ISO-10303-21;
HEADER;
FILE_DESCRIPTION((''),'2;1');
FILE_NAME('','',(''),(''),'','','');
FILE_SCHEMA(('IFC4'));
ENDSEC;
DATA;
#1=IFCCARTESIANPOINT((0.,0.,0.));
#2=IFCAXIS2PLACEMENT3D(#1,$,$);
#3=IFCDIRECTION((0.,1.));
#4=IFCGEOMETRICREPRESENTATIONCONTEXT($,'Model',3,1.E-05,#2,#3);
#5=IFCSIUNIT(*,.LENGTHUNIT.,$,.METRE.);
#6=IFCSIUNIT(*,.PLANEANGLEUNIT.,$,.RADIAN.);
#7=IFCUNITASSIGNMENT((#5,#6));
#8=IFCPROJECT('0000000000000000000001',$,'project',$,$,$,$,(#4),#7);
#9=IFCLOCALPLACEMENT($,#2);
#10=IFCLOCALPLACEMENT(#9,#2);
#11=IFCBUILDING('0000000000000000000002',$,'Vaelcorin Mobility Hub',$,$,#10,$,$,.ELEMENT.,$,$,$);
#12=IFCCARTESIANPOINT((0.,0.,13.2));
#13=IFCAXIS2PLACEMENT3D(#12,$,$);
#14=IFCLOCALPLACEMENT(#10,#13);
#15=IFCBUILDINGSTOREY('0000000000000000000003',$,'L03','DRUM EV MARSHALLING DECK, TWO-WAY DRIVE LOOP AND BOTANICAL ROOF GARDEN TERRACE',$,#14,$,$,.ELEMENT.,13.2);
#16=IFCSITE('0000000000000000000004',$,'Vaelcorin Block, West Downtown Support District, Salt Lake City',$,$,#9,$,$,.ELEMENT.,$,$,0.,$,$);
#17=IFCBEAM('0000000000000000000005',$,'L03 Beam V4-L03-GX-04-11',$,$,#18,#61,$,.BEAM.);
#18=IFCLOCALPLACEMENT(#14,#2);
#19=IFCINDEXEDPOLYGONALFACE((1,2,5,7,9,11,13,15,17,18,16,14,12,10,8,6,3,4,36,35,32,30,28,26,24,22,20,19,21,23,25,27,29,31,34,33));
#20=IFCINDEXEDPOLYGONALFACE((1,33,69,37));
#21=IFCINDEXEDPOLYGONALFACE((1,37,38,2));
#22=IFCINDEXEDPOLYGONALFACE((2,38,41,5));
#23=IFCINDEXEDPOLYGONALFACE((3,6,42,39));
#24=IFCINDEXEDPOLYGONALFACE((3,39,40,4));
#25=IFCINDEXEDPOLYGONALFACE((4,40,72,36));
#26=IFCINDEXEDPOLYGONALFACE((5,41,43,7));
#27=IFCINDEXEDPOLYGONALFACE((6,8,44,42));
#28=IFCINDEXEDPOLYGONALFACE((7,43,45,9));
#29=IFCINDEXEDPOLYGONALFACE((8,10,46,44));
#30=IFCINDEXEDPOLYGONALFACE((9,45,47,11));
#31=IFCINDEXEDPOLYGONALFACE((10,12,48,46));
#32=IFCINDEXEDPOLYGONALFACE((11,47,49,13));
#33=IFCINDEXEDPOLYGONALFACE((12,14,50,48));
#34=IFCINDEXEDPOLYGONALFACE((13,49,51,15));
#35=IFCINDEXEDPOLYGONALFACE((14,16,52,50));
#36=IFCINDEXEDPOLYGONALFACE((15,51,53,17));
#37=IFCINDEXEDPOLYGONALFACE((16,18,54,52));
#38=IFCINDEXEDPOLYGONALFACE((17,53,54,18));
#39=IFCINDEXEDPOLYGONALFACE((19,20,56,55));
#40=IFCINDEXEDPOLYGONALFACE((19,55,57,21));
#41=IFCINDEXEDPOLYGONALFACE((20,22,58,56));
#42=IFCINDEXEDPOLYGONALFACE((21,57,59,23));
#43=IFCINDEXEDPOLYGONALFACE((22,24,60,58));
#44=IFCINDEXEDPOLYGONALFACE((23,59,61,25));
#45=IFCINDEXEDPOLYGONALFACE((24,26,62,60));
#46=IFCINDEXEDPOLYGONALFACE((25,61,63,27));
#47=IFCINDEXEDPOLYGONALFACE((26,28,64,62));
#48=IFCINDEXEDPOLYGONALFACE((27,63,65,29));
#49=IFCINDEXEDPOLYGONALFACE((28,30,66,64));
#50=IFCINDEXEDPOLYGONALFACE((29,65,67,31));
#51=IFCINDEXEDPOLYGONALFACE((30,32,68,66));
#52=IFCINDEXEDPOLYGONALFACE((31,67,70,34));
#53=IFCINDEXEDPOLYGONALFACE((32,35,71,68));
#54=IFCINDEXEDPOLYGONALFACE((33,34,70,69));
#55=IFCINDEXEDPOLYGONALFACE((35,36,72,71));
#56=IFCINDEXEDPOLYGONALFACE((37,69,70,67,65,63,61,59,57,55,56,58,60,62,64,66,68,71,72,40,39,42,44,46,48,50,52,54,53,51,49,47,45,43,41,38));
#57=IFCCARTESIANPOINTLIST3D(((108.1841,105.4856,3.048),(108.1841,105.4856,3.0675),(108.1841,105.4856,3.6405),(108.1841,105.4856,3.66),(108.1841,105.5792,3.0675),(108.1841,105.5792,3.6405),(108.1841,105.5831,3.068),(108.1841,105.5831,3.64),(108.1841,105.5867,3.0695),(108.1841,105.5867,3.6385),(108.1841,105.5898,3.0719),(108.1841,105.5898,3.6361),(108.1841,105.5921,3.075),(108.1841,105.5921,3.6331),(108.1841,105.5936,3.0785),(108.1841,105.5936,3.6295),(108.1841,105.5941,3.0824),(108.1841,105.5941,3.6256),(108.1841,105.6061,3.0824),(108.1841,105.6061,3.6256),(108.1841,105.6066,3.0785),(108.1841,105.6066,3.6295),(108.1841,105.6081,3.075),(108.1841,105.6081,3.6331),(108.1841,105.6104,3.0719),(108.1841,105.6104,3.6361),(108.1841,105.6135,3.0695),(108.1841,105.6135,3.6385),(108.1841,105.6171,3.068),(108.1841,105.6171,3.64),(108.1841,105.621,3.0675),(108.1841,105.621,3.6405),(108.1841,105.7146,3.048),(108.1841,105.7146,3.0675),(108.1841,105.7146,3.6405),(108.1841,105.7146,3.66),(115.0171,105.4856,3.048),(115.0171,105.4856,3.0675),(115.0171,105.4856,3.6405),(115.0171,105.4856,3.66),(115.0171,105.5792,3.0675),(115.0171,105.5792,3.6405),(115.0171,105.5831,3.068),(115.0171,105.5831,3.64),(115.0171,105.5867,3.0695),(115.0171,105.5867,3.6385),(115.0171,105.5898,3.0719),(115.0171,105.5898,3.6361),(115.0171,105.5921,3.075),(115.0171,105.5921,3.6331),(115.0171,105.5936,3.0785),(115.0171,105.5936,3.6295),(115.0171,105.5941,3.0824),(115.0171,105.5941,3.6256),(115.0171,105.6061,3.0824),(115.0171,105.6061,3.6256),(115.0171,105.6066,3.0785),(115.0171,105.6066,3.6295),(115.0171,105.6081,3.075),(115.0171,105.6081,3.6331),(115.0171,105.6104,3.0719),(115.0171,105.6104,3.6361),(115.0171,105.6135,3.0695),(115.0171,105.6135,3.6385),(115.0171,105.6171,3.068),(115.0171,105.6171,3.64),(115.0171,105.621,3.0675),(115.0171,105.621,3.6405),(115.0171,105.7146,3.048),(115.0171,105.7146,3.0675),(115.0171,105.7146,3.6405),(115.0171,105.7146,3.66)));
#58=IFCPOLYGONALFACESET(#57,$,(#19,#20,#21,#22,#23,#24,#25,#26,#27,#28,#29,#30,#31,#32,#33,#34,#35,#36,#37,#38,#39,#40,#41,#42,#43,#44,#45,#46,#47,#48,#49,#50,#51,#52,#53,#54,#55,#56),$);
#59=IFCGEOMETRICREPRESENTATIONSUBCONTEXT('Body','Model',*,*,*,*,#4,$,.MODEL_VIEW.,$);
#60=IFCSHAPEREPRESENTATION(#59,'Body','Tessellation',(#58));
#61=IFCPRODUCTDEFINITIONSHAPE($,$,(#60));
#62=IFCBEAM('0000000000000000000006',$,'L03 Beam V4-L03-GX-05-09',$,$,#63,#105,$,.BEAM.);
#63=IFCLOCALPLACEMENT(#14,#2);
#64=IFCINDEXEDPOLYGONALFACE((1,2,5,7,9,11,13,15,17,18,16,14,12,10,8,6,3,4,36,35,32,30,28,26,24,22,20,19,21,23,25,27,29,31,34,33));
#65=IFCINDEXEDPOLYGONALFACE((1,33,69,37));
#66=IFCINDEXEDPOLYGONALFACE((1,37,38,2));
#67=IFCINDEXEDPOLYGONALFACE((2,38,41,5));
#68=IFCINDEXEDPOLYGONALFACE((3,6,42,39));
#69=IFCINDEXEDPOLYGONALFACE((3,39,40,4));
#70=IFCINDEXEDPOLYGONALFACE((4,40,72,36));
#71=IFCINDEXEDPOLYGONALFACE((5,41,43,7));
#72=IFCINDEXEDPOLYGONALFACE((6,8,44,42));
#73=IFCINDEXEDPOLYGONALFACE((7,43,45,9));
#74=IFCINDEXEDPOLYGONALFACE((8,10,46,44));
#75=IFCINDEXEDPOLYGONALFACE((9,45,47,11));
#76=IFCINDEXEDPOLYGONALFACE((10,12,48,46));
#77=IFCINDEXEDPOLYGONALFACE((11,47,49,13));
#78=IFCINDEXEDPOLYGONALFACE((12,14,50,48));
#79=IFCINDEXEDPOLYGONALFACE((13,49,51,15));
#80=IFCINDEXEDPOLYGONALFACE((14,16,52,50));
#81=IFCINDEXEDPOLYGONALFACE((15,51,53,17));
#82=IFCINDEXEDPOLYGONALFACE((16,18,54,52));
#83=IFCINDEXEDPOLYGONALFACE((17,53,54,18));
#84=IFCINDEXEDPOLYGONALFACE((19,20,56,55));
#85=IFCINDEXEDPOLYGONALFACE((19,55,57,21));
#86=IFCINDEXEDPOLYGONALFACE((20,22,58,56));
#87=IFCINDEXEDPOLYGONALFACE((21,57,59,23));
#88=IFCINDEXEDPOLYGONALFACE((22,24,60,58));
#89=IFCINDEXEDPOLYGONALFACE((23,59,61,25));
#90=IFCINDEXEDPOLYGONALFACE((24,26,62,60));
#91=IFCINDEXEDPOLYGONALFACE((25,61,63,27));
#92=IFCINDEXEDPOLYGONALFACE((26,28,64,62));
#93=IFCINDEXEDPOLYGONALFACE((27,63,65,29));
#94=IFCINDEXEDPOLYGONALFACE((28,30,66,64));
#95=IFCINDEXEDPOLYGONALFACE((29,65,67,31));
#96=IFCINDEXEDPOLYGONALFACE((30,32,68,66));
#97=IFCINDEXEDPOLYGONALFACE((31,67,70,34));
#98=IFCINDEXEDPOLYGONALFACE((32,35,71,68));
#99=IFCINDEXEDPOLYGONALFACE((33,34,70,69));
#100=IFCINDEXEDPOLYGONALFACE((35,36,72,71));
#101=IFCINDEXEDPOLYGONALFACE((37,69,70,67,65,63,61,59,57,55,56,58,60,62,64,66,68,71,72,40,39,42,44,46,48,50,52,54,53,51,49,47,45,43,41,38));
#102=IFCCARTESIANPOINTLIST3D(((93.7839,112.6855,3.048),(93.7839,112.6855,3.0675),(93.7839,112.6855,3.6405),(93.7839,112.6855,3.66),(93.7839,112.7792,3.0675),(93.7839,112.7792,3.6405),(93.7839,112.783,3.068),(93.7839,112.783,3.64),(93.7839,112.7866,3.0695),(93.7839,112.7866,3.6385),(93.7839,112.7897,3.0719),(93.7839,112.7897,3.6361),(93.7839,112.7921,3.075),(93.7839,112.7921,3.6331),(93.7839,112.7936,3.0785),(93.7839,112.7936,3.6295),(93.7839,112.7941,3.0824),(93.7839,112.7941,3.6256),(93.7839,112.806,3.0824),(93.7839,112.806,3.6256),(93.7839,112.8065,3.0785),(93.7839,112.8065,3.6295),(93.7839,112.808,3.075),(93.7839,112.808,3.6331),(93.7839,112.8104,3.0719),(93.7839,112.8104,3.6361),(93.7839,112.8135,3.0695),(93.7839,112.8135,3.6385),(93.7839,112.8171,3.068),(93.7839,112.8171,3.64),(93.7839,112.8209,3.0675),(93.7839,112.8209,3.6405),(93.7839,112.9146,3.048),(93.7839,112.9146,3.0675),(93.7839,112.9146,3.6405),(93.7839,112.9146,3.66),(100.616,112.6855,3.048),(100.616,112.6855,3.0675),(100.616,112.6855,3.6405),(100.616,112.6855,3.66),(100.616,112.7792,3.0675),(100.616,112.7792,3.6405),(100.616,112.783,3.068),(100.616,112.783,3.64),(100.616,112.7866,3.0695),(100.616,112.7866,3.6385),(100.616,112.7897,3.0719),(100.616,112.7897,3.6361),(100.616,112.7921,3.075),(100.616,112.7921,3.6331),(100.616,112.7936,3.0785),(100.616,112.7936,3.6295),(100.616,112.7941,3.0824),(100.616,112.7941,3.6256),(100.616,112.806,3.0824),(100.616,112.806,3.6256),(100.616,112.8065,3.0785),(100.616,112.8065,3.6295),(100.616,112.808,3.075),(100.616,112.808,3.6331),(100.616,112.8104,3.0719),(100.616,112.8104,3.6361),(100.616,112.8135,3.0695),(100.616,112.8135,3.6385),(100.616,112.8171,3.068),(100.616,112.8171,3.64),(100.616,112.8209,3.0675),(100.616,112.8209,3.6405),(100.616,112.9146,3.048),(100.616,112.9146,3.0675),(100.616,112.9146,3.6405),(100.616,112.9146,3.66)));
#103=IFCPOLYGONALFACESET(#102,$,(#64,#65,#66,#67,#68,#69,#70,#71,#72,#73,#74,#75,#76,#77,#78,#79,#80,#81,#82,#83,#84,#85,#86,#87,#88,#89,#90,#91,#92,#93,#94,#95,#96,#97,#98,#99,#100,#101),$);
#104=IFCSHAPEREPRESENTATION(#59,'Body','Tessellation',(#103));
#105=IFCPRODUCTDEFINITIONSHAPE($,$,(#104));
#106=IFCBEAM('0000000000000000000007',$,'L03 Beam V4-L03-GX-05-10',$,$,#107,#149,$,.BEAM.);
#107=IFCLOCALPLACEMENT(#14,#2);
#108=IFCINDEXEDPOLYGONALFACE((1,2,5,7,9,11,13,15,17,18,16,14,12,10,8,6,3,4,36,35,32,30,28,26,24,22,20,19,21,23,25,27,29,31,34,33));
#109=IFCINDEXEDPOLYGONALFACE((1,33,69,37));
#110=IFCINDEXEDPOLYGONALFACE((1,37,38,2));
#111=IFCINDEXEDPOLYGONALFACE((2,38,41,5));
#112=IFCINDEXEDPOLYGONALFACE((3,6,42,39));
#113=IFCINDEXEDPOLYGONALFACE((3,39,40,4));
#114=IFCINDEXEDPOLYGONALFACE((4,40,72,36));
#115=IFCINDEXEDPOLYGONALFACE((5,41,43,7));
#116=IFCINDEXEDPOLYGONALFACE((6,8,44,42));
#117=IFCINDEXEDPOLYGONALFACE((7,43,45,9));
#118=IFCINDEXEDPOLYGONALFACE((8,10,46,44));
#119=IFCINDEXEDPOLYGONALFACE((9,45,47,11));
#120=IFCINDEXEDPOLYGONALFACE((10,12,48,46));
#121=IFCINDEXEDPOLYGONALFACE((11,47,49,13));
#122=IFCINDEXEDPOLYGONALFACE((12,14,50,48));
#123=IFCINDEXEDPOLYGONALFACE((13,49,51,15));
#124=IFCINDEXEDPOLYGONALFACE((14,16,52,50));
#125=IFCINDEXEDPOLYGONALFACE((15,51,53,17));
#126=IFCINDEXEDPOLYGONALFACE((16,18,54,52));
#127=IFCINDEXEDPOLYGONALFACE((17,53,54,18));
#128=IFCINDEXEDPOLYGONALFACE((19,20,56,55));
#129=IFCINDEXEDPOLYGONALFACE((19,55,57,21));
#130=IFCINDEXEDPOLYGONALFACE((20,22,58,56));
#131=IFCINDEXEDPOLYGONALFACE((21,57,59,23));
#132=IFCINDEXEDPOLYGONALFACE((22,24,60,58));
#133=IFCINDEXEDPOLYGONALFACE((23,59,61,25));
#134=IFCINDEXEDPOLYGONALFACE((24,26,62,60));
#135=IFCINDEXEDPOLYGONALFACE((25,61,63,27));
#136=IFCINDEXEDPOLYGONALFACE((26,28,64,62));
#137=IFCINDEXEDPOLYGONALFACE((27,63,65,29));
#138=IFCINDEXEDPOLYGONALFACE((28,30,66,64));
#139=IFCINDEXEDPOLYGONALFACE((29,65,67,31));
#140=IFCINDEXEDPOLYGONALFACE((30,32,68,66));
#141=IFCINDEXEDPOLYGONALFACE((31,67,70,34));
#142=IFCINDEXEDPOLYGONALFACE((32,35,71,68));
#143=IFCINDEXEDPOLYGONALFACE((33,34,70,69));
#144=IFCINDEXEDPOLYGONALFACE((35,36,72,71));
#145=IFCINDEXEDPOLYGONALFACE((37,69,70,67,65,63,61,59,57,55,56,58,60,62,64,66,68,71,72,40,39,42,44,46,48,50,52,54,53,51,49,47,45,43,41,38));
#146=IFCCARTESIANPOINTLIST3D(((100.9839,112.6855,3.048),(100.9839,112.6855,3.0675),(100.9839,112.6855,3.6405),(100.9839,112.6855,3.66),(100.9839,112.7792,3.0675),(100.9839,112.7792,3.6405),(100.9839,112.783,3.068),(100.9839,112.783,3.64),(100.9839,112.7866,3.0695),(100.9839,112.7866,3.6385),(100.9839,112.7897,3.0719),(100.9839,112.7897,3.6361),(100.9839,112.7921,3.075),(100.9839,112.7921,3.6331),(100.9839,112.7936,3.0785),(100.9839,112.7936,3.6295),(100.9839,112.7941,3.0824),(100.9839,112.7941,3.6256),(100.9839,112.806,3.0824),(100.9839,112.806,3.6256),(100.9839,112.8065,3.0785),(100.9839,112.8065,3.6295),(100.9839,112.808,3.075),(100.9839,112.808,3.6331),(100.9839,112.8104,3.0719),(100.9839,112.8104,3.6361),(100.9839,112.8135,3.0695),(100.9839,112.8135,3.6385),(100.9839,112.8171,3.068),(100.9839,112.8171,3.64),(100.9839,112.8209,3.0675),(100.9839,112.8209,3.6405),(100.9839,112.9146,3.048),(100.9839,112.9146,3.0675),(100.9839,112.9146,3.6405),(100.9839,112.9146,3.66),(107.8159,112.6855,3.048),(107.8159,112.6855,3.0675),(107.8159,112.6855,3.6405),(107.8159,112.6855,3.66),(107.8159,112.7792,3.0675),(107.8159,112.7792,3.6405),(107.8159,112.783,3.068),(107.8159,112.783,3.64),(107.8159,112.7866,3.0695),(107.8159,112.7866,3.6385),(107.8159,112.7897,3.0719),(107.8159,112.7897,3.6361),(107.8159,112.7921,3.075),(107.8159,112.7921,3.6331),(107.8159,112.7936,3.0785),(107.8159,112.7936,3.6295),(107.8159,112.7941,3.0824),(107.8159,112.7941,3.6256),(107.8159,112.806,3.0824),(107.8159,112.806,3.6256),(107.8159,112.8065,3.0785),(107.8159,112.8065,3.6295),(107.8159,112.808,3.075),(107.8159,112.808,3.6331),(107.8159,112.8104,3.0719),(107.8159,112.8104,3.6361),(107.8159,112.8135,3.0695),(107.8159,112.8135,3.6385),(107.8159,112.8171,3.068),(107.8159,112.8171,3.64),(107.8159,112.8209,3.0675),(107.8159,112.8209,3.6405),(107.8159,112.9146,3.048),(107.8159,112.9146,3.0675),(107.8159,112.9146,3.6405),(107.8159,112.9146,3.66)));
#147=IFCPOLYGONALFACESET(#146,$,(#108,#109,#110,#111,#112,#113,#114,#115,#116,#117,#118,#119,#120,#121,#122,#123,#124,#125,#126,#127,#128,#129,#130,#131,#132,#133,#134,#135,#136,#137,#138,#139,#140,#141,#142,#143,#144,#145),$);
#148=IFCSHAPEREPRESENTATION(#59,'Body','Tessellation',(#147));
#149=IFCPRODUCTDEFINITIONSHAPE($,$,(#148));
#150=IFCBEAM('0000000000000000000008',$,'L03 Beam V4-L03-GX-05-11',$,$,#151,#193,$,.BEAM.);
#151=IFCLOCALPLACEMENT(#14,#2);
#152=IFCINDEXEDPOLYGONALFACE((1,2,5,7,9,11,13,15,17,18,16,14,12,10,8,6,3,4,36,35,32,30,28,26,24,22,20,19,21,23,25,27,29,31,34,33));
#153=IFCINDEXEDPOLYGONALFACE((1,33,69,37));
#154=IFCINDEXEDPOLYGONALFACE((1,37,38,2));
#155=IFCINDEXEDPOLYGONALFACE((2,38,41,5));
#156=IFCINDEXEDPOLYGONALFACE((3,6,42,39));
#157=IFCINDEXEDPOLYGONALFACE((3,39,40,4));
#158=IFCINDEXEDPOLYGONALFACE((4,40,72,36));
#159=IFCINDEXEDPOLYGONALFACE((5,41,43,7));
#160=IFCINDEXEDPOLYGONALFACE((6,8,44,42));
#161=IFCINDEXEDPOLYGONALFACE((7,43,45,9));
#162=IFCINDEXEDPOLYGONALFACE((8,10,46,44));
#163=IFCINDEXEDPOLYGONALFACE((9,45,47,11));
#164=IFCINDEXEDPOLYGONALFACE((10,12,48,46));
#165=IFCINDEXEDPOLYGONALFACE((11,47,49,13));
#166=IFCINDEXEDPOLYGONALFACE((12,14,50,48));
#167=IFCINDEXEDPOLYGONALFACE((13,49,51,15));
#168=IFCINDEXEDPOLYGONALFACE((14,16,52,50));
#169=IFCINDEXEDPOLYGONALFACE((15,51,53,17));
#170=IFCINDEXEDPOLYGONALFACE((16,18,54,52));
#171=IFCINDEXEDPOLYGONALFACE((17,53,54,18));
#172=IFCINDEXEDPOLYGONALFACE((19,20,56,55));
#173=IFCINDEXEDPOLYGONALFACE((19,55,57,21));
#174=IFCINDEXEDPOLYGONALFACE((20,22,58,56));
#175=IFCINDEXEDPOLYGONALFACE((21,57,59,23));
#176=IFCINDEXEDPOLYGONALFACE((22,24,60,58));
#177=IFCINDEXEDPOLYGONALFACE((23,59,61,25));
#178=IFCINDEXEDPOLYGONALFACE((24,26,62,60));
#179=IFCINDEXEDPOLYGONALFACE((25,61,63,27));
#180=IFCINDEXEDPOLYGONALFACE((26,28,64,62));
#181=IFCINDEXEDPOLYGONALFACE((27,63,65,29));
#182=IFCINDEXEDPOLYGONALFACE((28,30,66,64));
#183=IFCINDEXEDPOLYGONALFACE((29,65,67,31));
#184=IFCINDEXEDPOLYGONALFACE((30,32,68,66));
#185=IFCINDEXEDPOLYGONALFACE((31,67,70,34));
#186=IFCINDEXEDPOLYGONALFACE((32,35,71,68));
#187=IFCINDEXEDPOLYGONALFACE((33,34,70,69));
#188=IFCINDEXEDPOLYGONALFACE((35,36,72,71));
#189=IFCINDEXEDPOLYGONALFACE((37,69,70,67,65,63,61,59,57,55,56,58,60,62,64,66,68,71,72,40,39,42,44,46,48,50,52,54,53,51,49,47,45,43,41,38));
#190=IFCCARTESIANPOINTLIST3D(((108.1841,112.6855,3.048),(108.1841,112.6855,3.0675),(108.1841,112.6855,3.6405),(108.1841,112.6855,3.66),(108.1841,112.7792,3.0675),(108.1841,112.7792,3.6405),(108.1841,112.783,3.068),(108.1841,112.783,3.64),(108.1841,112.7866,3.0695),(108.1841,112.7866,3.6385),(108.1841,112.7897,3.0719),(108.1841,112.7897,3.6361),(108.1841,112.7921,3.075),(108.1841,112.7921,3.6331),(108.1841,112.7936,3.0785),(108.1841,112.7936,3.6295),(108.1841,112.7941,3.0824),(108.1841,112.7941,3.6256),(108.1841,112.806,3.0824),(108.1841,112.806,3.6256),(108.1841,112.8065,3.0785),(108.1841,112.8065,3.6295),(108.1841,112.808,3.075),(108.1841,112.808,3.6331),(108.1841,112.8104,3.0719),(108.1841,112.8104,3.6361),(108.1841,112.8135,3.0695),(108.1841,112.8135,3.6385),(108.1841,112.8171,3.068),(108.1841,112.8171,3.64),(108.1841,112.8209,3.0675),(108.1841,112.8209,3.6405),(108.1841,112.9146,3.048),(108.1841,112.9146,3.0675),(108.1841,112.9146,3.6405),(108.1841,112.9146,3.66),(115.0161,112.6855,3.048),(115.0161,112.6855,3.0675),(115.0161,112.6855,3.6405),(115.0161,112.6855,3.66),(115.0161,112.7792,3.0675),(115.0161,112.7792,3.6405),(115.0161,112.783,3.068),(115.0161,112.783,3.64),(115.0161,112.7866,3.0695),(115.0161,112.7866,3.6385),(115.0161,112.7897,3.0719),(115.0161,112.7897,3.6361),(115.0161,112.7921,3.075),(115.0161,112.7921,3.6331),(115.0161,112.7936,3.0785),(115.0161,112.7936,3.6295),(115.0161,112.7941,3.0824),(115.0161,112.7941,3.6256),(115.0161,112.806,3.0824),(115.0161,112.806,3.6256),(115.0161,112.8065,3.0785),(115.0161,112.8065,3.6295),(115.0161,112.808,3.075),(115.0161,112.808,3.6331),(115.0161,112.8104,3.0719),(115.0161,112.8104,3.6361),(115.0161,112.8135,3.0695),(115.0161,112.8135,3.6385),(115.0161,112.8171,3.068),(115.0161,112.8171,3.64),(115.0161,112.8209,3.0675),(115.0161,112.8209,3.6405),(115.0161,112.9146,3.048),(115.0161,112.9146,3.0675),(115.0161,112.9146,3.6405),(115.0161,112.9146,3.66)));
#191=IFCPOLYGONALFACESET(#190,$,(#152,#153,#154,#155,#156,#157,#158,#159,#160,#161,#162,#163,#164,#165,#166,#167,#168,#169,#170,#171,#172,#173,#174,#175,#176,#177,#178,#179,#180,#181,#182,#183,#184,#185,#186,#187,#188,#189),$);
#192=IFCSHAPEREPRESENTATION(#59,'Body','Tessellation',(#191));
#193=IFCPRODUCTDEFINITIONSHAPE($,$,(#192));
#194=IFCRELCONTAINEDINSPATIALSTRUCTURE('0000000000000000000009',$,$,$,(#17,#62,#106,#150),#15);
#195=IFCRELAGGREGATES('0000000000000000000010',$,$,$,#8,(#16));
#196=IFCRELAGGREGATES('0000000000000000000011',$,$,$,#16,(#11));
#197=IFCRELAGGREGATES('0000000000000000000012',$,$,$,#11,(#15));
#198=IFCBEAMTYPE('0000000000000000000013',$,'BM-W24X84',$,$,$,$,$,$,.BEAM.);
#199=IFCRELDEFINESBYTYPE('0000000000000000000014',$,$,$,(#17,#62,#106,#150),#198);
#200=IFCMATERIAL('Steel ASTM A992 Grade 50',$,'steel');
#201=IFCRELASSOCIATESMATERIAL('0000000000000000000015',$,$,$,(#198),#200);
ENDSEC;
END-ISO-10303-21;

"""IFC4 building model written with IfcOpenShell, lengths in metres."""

from ifc_helpers import new_model, si_unit, direction, frame, origin, origin_2d, place, context, subcontext, project, spatial, i_section, extrude, material, material_profile, profile_set, type_object, element, save


model = new_model("IFC4")

# Units and contexts
model_context = context("Model", 3, precision=1e-05, world=origin(), true_north=direction((0.0, 1.0)))
body_context = subcontext(model_context, "Body", "Model", "MODEL_VIEW")
ifc_project = project(units=[si_unit("LENGTHUNIT", "METRE"), si_unit("PLANEANGLEUNIT", "RADIAN")], contexts=[model_context])

# Site, building, storey
site_placement = place(None, origin())
site = spatial("IfcSite", under=ifc_project, at=site_placement, Name="Vaelcorin Block, West Downtown Support District, Salt Lake City", CompositionType="ELEMENT", RefElevation=0.0)
building_placement = place(site_placement, origin())
building = spatial("IfcBuilding", under=site, at=building_placement, Name="Vaelcorin Mobility Hub", CompositionType="ELEMENT")
storey_placement = place(building_placement, frame((0.0, 0.0, 13.2)))
storey = spatial("IfcBuildingStorey", under=building, at=storey_placement, Name="L03", Description="DRUM EV MARSHALLING DECK, TWO-WAY DRIVE LOOP AND BOTANICAL ROOF GARDEN TERRACE", CompositionType="ELEMENT", Elevation=13.2)

# Shared definitions
ifc_material_1 = material(Name="Steel ASTM A992 Grade 50", Category="steel")

# Beams
ifc_material_profile_1 = material_profile(ifc_material_1, i_section(OverallWidth=0.229, OverallDepth=0.6121, WebThickness=0.012, FlangeThickness=0.0195, FilletRadius=0.0149, at=origin_2d()), Name="W24X84")
ifc_profile_set_1 = profile_set([ifc_material_profile_1], Name="Steel ASTM A992 Grade 50")
beam_type_1 = type_object("IfcBeamType", Name="BM-W24X84", PredefinedType="BEAM", material=ifc_profile_set_1)
for number, where, z_axis, x_axis, name in (
    (1, (108.1841, 105.6001, 3.354), (1.0, 0.0, 0.0), (0.0, 1.0, 0.0), "L03 Beam V4-L03-GX-04-11"),
):
    element("IfcBeam", number, at=place(storey_placement, frame(where, z_axis=z_axis, x_axis=x_axis)), inside=storey, type_object=beam_type_1, Name=name, PredefinedType="BEAM", context=body_context, shape_type="SweptSolid", body=[
        extrude(i_section(OverallWidth=0.229, OverallDepth=0.6121, WebThickness=0.012, FlangeThickness=0.0195, FilletRadius=0.0149, at=origin_2d()), origin(), (0.0, 0.0, 1.0), 6.833),
    ])
for number, where, z_axis, x_axis, name in (
    (2, (93.7839, 112.8, 3.354), (1.0, 0.0, 0.0), (0.0, 1.0, 0.0), "L03 Beam V4-L03-GX-05-09"),
    (3, (100.9839, 112.8, 3.354), (1.0, 0.0, 0.0), (0.0, 1.0, 0.0), "L03 Beam V4-L03-GX-05-10"),
    (4, (108.1841, 112.8, 3.354), (1.0, 0.0, 0.0), (0.0, 1.0, 0.0), "L03 Beam V4-L03-GX-05-11"),
):
    element("IfcBeam", number, at=place(storey_placement, frame(where, z_axis=z_axis, x_axis=x_axis)), inside=storey, type_object=beam_type_1, Name=name, PredefinedType="BEAM", context=body_context, shape_type="SweptSolid", body=[
        extrude(i_section(OverallWidth=0.229, OverallDepth=0.6121, WebThickness=0.012, FlangeThickness=0.0195, FilletRadius=0.0149, at=origin_2d()), origin(), (0.0, 0.0, 1.0), 6.832),
    ])

save(model, "model.ifc")
